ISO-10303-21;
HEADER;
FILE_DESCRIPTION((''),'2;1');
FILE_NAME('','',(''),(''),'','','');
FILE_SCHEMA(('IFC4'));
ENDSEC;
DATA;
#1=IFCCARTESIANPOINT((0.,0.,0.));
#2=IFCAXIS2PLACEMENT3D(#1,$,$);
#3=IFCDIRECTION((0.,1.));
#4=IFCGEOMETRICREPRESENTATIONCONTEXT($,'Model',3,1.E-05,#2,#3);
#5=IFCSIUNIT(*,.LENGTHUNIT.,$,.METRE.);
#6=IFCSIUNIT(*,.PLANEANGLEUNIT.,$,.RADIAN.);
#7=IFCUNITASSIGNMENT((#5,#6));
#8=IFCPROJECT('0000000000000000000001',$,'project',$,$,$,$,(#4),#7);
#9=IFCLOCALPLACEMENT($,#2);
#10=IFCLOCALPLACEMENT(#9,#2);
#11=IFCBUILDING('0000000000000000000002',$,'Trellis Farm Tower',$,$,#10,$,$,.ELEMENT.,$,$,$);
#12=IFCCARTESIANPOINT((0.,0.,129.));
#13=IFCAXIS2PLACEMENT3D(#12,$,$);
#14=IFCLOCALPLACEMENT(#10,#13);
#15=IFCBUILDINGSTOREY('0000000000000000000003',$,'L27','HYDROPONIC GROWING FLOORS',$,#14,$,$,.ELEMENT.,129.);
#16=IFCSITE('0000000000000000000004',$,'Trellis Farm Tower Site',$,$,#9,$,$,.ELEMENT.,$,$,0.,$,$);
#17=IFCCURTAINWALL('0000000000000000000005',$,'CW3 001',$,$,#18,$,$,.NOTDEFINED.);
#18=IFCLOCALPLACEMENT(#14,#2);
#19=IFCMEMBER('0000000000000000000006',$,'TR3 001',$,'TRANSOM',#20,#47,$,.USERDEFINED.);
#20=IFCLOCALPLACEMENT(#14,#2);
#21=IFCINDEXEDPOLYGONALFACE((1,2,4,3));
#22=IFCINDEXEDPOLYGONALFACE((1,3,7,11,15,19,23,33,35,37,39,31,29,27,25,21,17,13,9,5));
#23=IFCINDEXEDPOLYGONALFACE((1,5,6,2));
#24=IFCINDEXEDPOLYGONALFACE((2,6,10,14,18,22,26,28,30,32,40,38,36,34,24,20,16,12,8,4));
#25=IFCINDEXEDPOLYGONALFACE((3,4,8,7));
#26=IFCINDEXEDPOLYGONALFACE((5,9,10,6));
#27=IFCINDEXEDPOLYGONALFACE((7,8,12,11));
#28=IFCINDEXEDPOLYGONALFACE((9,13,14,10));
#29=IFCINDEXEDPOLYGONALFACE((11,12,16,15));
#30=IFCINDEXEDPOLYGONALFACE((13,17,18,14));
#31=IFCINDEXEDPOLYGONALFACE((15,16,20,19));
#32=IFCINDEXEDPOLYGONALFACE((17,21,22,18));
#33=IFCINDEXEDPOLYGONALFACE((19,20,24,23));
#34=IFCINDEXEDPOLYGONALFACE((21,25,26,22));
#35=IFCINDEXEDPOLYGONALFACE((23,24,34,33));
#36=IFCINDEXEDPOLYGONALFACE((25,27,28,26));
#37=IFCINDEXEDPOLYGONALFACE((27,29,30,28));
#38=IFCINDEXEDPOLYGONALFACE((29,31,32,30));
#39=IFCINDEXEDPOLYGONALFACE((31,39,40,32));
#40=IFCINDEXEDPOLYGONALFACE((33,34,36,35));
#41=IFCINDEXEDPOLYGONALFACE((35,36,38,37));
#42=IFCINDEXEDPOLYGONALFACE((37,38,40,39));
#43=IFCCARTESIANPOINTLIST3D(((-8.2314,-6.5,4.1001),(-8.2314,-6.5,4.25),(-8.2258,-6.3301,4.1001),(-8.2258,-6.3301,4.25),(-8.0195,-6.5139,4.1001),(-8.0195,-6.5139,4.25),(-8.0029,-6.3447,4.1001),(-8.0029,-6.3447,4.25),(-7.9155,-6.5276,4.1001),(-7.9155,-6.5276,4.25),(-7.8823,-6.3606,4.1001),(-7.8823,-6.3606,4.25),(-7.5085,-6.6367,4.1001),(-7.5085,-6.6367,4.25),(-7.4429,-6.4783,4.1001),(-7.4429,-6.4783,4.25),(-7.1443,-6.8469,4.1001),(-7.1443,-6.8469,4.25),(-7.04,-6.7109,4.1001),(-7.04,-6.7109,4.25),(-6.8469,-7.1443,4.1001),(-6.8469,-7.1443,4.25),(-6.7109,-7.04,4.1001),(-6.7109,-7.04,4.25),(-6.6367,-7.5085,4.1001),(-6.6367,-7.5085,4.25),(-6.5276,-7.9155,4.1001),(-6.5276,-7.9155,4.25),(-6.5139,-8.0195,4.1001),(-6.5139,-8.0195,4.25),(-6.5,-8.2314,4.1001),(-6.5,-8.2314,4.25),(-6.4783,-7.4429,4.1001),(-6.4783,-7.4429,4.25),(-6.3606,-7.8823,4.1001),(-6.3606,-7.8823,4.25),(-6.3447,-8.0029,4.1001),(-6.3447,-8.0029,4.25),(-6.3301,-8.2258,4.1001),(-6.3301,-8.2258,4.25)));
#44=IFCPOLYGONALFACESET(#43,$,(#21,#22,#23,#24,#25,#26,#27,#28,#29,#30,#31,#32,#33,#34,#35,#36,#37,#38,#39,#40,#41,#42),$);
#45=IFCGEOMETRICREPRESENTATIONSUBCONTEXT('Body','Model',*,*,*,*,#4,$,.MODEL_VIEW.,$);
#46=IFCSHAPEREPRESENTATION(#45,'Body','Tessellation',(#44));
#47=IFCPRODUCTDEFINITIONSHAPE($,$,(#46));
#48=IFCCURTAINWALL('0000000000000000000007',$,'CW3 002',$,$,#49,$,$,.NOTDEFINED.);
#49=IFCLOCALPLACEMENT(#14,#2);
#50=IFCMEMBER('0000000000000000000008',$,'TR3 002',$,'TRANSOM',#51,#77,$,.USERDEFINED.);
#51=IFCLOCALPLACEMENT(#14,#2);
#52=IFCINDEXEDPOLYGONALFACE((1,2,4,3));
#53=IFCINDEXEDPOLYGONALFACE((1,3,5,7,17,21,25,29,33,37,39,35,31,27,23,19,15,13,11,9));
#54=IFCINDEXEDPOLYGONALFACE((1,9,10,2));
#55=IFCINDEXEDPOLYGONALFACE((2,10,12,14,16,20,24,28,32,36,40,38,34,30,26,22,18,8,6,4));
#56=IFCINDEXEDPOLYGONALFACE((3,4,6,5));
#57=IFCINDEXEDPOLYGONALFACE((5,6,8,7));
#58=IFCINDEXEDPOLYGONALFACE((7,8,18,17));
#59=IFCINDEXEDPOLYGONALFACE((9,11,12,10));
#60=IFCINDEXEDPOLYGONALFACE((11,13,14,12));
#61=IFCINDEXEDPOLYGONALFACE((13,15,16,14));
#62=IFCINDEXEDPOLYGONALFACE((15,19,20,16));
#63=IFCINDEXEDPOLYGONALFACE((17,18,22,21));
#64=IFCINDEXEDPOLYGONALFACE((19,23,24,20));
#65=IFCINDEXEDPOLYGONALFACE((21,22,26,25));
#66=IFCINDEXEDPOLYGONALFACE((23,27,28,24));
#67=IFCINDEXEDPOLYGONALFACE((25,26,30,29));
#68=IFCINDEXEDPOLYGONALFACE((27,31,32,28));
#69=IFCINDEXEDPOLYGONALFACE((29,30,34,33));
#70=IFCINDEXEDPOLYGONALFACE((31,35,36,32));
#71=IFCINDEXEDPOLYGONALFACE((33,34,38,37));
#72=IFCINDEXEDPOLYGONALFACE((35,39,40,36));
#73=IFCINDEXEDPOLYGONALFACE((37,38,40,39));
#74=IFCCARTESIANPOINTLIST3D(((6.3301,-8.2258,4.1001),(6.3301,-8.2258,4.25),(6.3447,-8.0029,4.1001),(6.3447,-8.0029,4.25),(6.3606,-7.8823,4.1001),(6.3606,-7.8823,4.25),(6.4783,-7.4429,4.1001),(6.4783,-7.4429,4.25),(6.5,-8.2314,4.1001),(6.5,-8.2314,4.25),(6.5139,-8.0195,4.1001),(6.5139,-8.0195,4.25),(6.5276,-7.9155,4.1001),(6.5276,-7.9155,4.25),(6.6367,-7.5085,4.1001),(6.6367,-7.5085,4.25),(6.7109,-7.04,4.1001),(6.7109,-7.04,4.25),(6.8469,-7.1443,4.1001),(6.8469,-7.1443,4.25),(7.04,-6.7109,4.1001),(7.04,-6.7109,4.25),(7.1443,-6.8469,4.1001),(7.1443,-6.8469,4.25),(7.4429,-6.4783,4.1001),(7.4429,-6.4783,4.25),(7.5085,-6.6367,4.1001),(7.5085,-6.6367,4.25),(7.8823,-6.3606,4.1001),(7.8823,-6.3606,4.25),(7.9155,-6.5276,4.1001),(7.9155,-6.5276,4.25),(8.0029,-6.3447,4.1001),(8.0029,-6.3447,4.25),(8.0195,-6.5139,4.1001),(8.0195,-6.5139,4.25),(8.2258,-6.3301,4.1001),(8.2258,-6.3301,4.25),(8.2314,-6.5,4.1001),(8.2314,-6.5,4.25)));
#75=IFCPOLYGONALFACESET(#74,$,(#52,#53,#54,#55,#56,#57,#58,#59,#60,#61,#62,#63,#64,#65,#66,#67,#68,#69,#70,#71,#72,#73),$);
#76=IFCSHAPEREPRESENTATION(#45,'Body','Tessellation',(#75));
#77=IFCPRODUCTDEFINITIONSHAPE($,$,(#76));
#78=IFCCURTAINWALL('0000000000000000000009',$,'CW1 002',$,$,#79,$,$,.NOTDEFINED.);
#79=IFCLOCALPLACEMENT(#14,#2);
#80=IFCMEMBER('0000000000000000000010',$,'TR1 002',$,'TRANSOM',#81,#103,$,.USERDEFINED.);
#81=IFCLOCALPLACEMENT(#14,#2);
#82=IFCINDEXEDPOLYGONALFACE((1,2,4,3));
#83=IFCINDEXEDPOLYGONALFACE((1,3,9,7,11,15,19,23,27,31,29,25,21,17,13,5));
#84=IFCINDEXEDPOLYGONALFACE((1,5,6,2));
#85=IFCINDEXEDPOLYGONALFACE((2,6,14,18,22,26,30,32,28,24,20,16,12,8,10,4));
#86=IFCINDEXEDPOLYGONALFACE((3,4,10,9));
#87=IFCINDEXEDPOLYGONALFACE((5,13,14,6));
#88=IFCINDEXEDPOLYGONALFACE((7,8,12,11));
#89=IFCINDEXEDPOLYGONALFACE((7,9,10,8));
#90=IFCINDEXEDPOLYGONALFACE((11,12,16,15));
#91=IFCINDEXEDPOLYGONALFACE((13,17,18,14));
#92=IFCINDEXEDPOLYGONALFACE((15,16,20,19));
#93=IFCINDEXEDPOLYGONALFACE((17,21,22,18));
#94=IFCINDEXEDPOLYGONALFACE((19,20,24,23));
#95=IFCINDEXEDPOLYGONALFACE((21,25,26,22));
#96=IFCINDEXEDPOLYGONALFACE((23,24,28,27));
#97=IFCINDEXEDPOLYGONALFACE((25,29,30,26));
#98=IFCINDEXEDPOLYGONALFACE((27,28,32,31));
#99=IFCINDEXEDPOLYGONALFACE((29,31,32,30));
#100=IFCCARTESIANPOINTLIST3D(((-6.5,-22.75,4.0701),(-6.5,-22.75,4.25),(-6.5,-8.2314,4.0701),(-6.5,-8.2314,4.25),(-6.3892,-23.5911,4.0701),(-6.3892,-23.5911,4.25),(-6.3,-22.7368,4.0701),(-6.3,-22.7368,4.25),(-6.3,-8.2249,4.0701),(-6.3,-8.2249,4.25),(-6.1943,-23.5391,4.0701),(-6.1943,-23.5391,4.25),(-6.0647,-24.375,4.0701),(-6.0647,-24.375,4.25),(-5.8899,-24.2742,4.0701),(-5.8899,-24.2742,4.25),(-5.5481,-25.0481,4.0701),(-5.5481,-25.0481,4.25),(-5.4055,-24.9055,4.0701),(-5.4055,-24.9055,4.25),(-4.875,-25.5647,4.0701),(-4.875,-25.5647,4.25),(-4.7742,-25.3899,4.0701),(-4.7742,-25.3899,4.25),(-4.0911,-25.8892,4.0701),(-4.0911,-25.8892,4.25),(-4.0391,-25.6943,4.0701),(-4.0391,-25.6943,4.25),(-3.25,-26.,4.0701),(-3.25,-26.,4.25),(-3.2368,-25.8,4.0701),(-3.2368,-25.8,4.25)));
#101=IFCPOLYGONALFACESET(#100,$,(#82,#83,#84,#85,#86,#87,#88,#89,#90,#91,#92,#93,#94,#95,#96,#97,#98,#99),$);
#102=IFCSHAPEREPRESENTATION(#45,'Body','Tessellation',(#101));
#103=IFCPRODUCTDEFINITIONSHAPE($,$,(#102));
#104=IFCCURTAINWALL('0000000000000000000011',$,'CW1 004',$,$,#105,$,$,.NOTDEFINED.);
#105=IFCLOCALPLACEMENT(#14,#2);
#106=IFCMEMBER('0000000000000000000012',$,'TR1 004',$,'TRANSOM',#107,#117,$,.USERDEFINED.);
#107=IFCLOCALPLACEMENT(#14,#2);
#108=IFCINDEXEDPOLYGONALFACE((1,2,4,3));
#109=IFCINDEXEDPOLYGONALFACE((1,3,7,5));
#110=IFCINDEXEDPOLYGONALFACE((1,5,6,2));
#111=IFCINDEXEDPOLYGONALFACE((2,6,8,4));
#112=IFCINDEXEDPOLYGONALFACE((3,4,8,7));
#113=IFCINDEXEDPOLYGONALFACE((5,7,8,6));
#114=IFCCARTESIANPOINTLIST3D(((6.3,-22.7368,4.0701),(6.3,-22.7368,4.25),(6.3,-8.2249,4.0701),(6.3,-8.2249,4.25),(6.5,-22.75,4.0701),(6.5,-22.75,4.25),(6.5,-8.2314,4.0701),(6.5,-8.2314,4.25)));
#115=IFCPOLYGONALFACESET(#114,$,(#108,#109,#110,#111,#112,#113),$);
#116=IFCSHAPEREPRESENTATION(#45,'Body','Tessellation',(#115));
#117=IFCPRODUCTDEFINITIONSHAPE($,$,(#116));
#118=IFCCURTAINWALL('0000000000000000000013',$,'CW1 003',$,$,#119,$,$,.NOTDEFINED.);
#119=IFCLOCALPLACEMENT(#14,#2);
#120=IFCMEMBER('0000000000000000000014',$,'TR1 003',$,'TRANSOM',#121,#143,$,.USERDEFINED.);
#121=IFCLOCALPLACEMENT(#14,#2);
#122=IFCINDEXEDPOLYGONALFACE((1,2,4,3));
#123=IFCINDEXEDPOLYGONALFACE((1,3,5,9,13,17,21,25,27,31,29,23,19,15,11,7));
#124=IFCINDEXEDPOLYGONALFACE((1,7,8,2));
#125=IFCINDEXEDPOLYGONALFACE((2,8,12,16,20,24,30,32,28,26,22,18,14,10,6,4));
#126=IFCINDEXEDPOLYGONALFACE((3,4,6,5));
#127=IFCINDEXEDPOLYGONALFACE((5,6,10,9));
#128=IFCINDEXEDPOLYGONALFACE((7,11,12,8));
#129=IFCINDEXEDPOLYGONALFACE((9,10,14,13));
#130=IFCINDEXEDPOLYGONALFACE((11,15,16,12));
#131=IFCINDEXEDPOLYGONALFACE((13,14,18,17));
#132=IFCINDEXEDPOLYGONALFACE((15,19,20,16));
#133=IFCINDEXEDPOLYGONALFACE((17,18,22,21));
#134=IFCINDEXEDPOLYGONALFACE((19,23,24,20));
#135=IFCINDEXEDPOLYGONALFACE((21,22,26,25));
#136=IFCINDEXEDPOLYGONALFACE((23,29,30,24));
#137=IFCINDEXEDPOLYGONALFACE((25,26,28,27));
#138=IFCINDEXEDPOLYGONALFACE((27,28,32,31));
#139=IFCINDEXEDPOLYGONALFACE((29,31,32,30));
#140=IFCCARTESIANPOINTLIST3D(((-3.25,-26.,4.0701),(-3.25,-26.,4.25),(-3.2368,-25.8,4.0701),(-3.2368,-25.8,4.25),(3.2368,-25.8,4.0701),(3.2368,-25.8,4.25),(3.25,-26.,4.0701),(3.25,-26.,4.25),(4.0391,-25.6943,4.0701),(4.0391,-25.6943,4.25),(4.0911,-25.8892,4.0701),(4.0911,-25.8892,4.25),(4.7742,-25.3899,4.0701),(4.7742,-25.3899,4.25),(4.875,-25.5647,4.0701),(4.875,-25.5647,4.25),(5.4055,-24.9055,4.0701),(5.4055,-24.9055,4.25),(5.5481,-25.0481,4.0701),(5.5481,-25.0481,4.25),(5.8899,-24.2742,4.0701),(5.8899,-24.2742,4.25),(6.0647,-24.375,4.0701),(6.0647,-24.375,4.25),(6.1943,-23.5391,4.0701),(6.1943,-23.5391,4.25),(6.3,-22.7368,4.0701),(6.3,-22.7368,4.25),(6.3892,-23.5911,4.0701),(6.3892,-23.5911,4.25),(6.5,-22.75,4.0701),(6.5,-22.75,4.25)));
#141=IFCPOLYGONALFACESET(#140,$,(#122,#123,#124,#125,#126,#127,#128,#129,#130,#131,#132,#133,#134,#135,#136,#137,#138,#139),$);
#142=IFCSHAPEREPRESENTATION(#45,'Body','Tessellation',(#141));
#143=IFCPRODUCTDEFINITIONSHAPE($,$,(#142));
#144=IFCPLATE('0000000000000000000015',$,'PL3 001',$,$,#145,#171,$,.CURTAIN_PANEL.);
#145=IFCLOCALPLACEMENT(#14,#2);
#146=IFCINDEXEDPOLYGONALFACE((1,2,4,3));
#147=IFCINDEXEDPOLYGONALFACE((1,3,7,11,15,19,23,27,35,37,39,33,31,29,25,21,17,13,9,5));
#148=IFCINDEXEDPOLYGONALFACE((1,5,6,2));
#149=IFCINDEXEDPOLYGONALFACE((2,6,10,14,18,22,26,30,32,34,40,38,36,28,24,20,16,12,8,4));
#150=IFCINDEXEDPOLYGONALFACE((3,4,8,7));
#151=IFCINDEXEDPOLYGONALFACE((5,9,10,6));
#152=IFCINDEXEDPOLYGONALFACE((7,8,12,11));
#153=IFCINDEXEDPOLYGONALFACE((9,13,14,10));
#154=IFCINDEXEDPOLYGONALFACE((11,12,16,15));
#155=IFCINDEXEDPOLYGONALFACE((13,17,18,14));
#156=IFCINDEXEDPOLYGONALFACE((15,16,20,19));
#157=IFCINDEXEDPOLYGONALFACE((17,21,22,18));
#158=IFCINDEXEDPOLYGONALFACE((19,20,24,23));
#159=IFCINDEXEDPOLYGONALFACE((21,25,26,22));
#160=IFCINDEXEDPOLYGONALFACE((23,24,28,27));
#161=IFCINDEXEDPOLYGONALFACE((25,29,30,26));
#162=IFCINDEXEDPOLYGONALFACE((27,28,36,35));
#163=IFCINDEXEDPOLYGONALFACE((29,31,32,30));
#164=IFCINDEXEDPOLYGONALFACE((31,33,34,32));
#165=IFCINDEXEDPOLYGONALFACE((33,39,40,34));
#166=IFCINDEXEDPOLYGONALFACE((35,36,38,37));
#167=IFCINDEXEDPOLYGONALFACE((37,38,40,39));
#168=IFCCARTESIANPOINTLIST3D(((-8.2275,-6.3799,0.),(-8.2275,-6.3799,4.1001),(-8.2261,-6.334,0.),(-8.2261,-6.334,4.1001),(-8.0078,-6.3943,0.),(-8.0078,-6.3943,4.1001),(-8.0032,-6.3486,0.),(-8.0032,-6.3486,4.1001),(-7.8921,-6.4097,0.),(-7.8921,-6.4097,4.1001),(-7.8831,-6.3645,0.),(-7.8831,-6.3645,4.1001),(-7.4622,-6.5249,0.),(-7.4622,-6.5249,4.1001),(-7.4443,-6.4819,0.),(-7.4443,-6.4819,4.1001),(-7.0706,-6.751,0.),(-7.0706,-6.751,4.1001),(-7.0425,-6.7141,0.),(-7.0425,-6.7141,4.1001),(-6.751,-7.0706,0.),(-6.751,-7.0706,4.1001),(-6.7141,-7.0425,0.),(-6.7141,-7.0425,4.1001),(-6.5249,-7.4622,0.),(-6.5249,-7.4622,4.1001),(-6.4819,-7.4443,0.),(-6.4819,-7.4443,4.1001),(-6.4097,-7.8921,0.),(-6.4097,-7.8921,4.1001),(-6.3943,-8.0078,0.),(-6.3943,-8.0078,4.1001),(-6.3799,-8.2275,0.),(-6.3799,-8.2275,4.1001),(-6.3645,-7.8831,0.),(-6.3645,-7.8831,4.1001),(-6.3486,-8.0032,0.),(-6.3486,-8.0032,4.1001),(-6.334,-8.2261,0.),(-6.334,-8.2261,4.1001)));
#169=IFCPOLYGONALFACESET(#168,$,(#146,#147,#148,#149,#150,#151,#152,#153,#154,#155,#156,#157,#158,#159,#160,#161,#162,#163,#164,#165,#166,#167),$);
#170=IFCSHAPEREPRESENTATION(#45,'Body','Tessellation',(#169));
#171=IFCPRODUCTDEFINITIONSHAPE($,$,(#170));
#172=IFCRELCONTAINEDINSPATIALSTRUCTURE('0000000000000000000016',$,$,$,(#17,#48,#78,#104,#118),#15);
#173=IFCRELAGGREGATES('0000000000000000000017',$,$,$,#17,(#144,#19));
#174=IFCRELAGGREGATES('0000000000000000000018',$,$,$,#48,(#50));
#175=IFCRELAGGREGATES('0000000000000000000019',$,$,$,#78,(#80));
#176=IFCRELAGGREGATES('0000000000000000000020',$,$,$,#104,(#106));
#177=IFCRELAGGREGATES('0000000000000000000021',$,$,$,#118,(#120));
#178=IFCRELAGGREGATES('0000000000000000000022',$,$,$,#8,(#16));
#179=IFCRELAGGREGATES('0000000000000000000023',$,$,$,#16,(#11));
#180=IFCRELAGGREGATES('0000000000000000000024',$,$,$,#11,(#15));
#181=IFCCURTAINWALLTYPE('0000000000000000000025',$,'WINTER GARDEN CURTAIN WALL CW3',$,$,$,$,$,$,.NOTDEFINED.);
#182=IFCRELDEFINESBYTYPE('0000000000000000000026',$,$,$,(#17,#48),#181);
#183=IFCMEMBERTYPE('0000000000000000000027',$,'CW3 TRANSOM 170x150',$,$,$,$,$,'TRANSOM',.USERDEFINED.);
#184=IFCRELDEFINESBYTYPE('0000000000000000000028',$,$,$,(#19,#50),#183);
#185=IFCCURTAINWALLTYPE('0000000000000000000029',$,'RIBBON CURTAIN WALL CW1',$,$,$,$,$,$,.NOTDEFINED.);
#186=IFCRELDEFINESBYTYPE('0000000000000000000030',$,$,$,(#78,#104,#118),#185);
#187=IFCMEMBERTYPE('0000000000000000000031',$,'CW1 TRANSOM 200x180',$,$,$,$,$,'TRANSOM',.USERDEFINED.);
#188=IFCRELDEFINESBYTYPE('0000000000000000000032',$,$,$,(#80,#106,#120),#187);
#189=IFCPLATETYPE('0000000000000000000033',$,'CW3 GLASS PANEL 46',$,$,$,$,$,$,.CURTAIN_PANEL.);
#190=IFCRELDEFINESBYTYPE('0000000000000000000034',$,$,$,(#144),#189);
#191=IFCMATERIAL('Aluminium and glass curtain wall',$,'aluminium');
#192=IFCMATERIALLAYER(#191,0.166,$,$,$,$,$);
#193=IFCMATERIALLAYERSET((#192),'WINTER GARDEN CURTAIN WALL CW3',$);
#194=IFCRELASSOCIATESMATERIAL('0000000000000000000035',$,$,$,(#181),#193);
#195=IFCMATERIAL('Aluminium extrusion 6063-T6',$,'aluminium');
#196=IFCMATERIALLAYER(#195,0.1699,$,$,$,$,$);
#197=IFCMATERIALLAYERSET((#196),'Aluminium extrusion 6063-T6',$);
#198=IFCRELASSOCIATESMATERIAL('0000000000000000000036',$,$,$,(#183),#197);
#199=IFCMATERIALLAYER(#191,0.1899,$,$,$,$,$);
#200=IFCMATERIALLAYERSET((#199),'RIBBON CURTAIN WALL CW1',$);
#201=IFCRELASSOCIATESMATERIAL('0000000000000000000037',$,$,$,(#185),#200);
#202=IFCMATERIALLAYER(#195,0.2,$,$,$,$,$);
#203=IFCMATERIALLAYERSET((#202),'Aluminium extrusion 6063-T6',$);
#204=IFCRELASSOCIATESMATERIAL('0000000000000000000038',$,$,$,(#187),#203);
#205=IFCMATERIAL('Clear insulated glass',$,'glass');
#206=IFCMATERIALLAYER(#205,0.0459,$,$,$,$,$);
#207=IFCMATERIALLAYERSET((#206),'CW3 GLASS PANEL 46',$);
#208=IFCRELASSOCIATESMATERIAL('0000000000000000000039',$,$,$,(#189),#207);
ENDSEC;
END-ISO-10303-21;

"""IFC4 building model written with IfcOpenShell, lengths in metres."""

from ifc_helpers import new_model, si_unit, direction, frame, origin, place, context, subcontext, project, spatial, polyline, outline, extrude, source, transform, mapped, material, layer, layer_set, type_object, element, aggregate, save


model = new_model("IFC4")

# Units and contexts
model_context = context("Model", 3, precision=1e-05, world=origin(), true_north=direction((0.0, 1.0)))
body_context = subcontext(model_context, "Body", "Model", "MODEL_VIEW")
ifc_project = project(units=[si_unit("LENGTHUNIT", "METRE"), si_unit("PLANEANGLEUNIT", "RADIAN")], contexts=[model_context])

# Site, building, storey
site_placement = place(None, origin())
site = spatial("IfcSite", under=ifc_project, at=site_placement, Name="Trellis Farm Tower Site", CompositionType="ELEMENT", RefElevation=0.0)
building_placement = place(site_placement, origin())
building = spatial("IfcBuilding", under=site, at=building_placement, Name="Trellis Farm Tower", CompositionType="ELEMENT")
storey_placement = place(building_placement, frame((0.0, 0.0, 129.0)))
storey = spatial("IfcBuildingStorey", under=building, at=storey_placement, Name="L27", Description="HYDROPONIC GROWING FLOORS", CompositionType="ELEMENT", Elevation=129.0)

# Curtain walls, members
ifc_material_1 = material(Name="Aluminium and glass curtain wall", Category="aluminium")
ifc_layer_1 = layer(ifc_material_1, 0.166)
ifc_layer_set_1 = layer_set([ifc_layer_1], Name="WINTER GARDEN CURTAIN WALL CW3")
curtain_wall_type_1 = type_object("IfcCurtainWallType", Name="WINTER GARDEN CURTAIN WALL CW3", PredefinedType="NOTDEFINED", material=ifc_layer_set_1)
placement_1 = place(storey_placement, origin())
curtain_wall_1 = element("IfcCurtainWall", 1, at=placement_1, inside=storey, type_object=curtain_wall_type_1, Name="CW3 001", PredefinedType="NOTDEFINED")
ifc_material_2 = material(Name="Aluminium extrusion 6063-T6", Category="aluminium")
ifc_layer_2 = layer(ifc_material_2, 0.1699)
ifc_layer_set_2 = layer_set([ifc_layer_2], Name="Aluminium extrusion 6063-T6")
member_type_1 = type_object("IfcMemberType", Name="CW3 TRANSOM 170x150", ElementType="TRANSOM", PredefinedType="USERDEFINED", material=ifc_layer_set_2)
shared_shape_1 = source(origin(), body_context, "Body", "SweptSolid", [
    extrude(outline(polyline([(-8.2314, -6.5), (-8.0195, -6.5139), (-7.9155, -6.5276), (-7.5085, -6.6367), (-7.1443, -6.8469), (-6.8469, -7.1443), (-6.6367, -7.5085), (-6.5276, -7.9155), (-6.5139, -8.0195), (-6.5, -8.2314), (-6.3301, -8.2258), (-6.3447, -8.0029), (-6.3606, -7.8823), (-6.4783, -7.4429), (-6.7109, -7.04), (-7.04, -6.7109), (-7.4429, -6.4783), (-7.8823, -6.3606), (-8.0029, -6.3447), (-8.2258, -6.3301), (-8.2314, -6.5)])), origin(), (0.0, 0.0, 1.0), 0.1499),
])
placement_2 = place(storey_placement, frame((0.0, 0.0, 4.1001)))
member_1 = element("IfcMember", 2, at=placement_2, type_object=member_type_1, Name="TR3 001", ObjectType="TRANSOM", PredefinedType="USERDEFINED", context=body_context, shape_type="MappedRepresentation", body=[
    mapped(shared_shape_1, transform((0.0, 0.0, 0.0))),
])
curtain_wall_2 = element("IfcCurtainWall", 3, at=placement_1, inside=storey, type_object=curtain_wall_type_1, Name="CW3 002", PredefinedType="NOTDEFINED")
shared_shape_2 = source(origin(), body_context, "Body", "SweptSolid", [
    extrude(outline(polyline([(6.5, -8.2314), (6.5139, -8.0195), (6.5276, -7.9155), (6.6367, -7.5085), (6.8469, -7.1443), (7.1443, -6.8469), (7.5085, -6.6367), (7.9155, -6.5276), (8.0195, -6.5139), (8.2314, -6.5), (8.2258, -6.3301), (8.0029, -6.3447), (7.8823, -6.3606), (7.4429, -6.4783), (7.04, -6.7109), (6.7109, -7.04), (6.4783, -7.4429), (6.3606, -7.8823), (6.3447, -8.0029), (6.3301, -8.2258), (6.5, -8.2314)])), origin(), (0.0, 0.0, 1.0), 0.1499),
])
member_2 = element("IfcMember", 4, at=placement_2, type_object=member_type_1, Name="TR3 002", ObjectType="TRANSOM", PredefinedType="USERDEFINED", context=body_context, shape_type="MappedRepresentation", body=[
    mapped(shared_shape_2, transform((0.0, 0.0, 0.0))),
])
ifc_layer_3 = layer(ifc_material_1, 0.1899)
ifc_layer_set_3 = layer_set([ifc_layer_3], Name="RIBBON CURTAIN WALL CW1")
curtain_wall_type_2 = type_object("IfcCurtainWallType", Name="RIBBON CURTAIN WALL CW1", PredefinedType="NOTDEFINED", material=ifc_layer_set_3)
curtain_wall_3 = element("IfcCurtainWall", 5, at=placement_1, inside=storey, type_object=curtain_wall_type_2, Name="CW1 002", PredefinedType="NOTDEFINED")
ifc_layer_4 = layer(ifc_material_2, 0.2)
ifc_layer_set_4 = layer_set([ifc_layer_4], Name="Aluminium extrusion 6063-T6")
member_type_2 = type_object("IfcMemberType", Name="CW1 TRANSOM 200x180", ElementType="TRANSOM", PredefinedType="USERDEFINED", material=ifc_layer_set_4)
shared_shape_3 = source(origin(), body_context, "Body", "SweptSolid", [
    extrude(outline(polyline([(-6.5, -8.2314), (-6.5, -22.75), (-6.3892, -23.5911), (-6.0647, -24.375), (-5.5481, -25.0481), (-4.875, -25.5647), (-4.0911, -25.8892), (-3.25, -26.0), (-3.2368, -25.8), (-4.0391, -25.6943), (-4.7742, -25.3899), (-5.4055, -24.9055), (-5.8899, -24.2742), (-6.1943, -23.5391), (-6.3, -22.7368), (-6.3, -8.2249), (-6.5, -8.2314)])), origin(), (0.0, 0.0, 1.0), 0.1799),
])
placement_3 = place(storey_placement, frame((0.0, 0.0, 4.0701)))
member_3 = element("IfcMember", 6, at=placement_3, type_object=member_type_2, Name="TR1 002", ObjectType="TRANSOM", PredefinedType="USERDEFINED", context=body_context, shape_type="MappedRepresentation", body=[
    mapped(shared_shape_3, transform((0.0, 0.0, 0.0))),
])
curtain_wall_4 = element("IfcCurtainWall", 7, at=placement_1, inside=storey, type_object=curtain_wall_type_2, Name="CW1 004", PredefinedType="NOTDEFINED")
shared_shape_4 = source(origin(), body_context, "Body", "SweptSolid", [
    extrude(outline(polyline([(6.5, -22.75), (6.5, -8.2314), (6.3, -8.2249), (6.3, -22.7368), (6.5, -22.75)])), origin(), (0.0, 0.0, 1.0), 0.1799),
])
member_4 = element("IfcMember", 8, at=placement_3, type_object=member_type_2, Name="TR1 004", ObjectType="TRANSOM", PredefinedType="USERDEFINED", context=body_context, shape_type="MappedRepresentation", body=[
    mapped(shared_shape_4, transform((0.0, 0.0, 0.0))),
])
curtain_wall_5 = element("IfcCurtainWall", 9, at=placement_1, inside=storey, type_object=curtain_wall_type_2, Name="CW1 003", PredefinedType="NOTDEFINED")
shared_shape_5 = source(origin(), body_context, "Body", "SweptSolid", [
    extrude(outline(polyline([(-3.25, -26.0), (3.25, -26.0), (4.0911, -25.8892), (4.875, -25.5647), (5.5481, -25.0481), (6.0647, -24.375), (6.3892, -23.5911), (6.5, -22.75), (6.3, -22.7368), (6.1943, -23.5391), (5.8899, -24.2742), (5.4055, -24.9055), (4.7742, -25.3899), (4.0391, -25.6943), (3.2368, -25.8), (-3.2368, -25.8), (-3.25, -26.0)])), origin(), (0.0, 0.0, 1.0), 0.1799),
])
member_5 = element("IfcMember", 10, at=placement_3, type_object=member_type_2, Name="TR1 003", ObjectType="TRANSOM", PredefinedType="USERDEFINED", context=body_context, shape_type="MappedRepresentation", body=[
    mapped(shared_shape_5, transform((0.0, 0.0, 0.0))),
])

# Plate
ifc_material_3 = material(Name="Clear insulated glass", Category="glass")
ifc_layer_5 = layer(ifc_material_3, 0.0459)
ifc_layer_set_5 = layer_set([ifc_layer_5], Name="CW3 GLASS PANEL 46")
plate_type_1 = type_object("IfcPlateType", Name="CW3 GLASS PANEL 46", PredefinedType="CURTAIN_PANEL", material=ifc_layer_set_5)
shared_shape_6 = source(origin(), body_context, "Body", "SweptSolid", [
    extrude(outline(polyline([(-8.2275, -6.3799), (-8.0078, -6.3943), (-7.8921, -6.4097), (-7.4622, -6.5249), (-7.0706, -6.751), (-6.751, -7.0706), (-6.5249, -7.4622), (-6.4097, -7.8921), (-6.3943, -8.0078), (-6.3799, -8.2275), (-6.334, -8.2261), (-6.3486, -8.0032), (-6.3645, -7.8831), (-6.4819, -7.4443), (-6.7141, -7.0425), (-7.0425, -6.7141), (-7.4443, -6.4819), (-7.8831, -6.3645), (-8.0032, -6.3486), (-8.2261, -6.334), (-8.2275, -6.3799)])), origin(), (0.0, 0.0, 1.0), 4.1001),
])
plate_1 = element("IfcPlate", 11, at=placement_1, type_object=plate_type_1, Name="PL3 001", PredefinedType="CURTAIN_PANEL", context=body_context, shape_type="MappedRepresentation", body=[
    mapped(shared_shape_6, transform((0.0, 0.0, 0.0))),
])
aggregate(curtain_wall_1, [plate_1, member_1])
aggregate(curtain_wall_2, [member_2])
aggregate(curtain_wall_3, [member_3])
aggregate(curtain_wall_4, [member_4])
aggregate(curtain_wall_5, [member_5])

save(model, "model.ifc")
